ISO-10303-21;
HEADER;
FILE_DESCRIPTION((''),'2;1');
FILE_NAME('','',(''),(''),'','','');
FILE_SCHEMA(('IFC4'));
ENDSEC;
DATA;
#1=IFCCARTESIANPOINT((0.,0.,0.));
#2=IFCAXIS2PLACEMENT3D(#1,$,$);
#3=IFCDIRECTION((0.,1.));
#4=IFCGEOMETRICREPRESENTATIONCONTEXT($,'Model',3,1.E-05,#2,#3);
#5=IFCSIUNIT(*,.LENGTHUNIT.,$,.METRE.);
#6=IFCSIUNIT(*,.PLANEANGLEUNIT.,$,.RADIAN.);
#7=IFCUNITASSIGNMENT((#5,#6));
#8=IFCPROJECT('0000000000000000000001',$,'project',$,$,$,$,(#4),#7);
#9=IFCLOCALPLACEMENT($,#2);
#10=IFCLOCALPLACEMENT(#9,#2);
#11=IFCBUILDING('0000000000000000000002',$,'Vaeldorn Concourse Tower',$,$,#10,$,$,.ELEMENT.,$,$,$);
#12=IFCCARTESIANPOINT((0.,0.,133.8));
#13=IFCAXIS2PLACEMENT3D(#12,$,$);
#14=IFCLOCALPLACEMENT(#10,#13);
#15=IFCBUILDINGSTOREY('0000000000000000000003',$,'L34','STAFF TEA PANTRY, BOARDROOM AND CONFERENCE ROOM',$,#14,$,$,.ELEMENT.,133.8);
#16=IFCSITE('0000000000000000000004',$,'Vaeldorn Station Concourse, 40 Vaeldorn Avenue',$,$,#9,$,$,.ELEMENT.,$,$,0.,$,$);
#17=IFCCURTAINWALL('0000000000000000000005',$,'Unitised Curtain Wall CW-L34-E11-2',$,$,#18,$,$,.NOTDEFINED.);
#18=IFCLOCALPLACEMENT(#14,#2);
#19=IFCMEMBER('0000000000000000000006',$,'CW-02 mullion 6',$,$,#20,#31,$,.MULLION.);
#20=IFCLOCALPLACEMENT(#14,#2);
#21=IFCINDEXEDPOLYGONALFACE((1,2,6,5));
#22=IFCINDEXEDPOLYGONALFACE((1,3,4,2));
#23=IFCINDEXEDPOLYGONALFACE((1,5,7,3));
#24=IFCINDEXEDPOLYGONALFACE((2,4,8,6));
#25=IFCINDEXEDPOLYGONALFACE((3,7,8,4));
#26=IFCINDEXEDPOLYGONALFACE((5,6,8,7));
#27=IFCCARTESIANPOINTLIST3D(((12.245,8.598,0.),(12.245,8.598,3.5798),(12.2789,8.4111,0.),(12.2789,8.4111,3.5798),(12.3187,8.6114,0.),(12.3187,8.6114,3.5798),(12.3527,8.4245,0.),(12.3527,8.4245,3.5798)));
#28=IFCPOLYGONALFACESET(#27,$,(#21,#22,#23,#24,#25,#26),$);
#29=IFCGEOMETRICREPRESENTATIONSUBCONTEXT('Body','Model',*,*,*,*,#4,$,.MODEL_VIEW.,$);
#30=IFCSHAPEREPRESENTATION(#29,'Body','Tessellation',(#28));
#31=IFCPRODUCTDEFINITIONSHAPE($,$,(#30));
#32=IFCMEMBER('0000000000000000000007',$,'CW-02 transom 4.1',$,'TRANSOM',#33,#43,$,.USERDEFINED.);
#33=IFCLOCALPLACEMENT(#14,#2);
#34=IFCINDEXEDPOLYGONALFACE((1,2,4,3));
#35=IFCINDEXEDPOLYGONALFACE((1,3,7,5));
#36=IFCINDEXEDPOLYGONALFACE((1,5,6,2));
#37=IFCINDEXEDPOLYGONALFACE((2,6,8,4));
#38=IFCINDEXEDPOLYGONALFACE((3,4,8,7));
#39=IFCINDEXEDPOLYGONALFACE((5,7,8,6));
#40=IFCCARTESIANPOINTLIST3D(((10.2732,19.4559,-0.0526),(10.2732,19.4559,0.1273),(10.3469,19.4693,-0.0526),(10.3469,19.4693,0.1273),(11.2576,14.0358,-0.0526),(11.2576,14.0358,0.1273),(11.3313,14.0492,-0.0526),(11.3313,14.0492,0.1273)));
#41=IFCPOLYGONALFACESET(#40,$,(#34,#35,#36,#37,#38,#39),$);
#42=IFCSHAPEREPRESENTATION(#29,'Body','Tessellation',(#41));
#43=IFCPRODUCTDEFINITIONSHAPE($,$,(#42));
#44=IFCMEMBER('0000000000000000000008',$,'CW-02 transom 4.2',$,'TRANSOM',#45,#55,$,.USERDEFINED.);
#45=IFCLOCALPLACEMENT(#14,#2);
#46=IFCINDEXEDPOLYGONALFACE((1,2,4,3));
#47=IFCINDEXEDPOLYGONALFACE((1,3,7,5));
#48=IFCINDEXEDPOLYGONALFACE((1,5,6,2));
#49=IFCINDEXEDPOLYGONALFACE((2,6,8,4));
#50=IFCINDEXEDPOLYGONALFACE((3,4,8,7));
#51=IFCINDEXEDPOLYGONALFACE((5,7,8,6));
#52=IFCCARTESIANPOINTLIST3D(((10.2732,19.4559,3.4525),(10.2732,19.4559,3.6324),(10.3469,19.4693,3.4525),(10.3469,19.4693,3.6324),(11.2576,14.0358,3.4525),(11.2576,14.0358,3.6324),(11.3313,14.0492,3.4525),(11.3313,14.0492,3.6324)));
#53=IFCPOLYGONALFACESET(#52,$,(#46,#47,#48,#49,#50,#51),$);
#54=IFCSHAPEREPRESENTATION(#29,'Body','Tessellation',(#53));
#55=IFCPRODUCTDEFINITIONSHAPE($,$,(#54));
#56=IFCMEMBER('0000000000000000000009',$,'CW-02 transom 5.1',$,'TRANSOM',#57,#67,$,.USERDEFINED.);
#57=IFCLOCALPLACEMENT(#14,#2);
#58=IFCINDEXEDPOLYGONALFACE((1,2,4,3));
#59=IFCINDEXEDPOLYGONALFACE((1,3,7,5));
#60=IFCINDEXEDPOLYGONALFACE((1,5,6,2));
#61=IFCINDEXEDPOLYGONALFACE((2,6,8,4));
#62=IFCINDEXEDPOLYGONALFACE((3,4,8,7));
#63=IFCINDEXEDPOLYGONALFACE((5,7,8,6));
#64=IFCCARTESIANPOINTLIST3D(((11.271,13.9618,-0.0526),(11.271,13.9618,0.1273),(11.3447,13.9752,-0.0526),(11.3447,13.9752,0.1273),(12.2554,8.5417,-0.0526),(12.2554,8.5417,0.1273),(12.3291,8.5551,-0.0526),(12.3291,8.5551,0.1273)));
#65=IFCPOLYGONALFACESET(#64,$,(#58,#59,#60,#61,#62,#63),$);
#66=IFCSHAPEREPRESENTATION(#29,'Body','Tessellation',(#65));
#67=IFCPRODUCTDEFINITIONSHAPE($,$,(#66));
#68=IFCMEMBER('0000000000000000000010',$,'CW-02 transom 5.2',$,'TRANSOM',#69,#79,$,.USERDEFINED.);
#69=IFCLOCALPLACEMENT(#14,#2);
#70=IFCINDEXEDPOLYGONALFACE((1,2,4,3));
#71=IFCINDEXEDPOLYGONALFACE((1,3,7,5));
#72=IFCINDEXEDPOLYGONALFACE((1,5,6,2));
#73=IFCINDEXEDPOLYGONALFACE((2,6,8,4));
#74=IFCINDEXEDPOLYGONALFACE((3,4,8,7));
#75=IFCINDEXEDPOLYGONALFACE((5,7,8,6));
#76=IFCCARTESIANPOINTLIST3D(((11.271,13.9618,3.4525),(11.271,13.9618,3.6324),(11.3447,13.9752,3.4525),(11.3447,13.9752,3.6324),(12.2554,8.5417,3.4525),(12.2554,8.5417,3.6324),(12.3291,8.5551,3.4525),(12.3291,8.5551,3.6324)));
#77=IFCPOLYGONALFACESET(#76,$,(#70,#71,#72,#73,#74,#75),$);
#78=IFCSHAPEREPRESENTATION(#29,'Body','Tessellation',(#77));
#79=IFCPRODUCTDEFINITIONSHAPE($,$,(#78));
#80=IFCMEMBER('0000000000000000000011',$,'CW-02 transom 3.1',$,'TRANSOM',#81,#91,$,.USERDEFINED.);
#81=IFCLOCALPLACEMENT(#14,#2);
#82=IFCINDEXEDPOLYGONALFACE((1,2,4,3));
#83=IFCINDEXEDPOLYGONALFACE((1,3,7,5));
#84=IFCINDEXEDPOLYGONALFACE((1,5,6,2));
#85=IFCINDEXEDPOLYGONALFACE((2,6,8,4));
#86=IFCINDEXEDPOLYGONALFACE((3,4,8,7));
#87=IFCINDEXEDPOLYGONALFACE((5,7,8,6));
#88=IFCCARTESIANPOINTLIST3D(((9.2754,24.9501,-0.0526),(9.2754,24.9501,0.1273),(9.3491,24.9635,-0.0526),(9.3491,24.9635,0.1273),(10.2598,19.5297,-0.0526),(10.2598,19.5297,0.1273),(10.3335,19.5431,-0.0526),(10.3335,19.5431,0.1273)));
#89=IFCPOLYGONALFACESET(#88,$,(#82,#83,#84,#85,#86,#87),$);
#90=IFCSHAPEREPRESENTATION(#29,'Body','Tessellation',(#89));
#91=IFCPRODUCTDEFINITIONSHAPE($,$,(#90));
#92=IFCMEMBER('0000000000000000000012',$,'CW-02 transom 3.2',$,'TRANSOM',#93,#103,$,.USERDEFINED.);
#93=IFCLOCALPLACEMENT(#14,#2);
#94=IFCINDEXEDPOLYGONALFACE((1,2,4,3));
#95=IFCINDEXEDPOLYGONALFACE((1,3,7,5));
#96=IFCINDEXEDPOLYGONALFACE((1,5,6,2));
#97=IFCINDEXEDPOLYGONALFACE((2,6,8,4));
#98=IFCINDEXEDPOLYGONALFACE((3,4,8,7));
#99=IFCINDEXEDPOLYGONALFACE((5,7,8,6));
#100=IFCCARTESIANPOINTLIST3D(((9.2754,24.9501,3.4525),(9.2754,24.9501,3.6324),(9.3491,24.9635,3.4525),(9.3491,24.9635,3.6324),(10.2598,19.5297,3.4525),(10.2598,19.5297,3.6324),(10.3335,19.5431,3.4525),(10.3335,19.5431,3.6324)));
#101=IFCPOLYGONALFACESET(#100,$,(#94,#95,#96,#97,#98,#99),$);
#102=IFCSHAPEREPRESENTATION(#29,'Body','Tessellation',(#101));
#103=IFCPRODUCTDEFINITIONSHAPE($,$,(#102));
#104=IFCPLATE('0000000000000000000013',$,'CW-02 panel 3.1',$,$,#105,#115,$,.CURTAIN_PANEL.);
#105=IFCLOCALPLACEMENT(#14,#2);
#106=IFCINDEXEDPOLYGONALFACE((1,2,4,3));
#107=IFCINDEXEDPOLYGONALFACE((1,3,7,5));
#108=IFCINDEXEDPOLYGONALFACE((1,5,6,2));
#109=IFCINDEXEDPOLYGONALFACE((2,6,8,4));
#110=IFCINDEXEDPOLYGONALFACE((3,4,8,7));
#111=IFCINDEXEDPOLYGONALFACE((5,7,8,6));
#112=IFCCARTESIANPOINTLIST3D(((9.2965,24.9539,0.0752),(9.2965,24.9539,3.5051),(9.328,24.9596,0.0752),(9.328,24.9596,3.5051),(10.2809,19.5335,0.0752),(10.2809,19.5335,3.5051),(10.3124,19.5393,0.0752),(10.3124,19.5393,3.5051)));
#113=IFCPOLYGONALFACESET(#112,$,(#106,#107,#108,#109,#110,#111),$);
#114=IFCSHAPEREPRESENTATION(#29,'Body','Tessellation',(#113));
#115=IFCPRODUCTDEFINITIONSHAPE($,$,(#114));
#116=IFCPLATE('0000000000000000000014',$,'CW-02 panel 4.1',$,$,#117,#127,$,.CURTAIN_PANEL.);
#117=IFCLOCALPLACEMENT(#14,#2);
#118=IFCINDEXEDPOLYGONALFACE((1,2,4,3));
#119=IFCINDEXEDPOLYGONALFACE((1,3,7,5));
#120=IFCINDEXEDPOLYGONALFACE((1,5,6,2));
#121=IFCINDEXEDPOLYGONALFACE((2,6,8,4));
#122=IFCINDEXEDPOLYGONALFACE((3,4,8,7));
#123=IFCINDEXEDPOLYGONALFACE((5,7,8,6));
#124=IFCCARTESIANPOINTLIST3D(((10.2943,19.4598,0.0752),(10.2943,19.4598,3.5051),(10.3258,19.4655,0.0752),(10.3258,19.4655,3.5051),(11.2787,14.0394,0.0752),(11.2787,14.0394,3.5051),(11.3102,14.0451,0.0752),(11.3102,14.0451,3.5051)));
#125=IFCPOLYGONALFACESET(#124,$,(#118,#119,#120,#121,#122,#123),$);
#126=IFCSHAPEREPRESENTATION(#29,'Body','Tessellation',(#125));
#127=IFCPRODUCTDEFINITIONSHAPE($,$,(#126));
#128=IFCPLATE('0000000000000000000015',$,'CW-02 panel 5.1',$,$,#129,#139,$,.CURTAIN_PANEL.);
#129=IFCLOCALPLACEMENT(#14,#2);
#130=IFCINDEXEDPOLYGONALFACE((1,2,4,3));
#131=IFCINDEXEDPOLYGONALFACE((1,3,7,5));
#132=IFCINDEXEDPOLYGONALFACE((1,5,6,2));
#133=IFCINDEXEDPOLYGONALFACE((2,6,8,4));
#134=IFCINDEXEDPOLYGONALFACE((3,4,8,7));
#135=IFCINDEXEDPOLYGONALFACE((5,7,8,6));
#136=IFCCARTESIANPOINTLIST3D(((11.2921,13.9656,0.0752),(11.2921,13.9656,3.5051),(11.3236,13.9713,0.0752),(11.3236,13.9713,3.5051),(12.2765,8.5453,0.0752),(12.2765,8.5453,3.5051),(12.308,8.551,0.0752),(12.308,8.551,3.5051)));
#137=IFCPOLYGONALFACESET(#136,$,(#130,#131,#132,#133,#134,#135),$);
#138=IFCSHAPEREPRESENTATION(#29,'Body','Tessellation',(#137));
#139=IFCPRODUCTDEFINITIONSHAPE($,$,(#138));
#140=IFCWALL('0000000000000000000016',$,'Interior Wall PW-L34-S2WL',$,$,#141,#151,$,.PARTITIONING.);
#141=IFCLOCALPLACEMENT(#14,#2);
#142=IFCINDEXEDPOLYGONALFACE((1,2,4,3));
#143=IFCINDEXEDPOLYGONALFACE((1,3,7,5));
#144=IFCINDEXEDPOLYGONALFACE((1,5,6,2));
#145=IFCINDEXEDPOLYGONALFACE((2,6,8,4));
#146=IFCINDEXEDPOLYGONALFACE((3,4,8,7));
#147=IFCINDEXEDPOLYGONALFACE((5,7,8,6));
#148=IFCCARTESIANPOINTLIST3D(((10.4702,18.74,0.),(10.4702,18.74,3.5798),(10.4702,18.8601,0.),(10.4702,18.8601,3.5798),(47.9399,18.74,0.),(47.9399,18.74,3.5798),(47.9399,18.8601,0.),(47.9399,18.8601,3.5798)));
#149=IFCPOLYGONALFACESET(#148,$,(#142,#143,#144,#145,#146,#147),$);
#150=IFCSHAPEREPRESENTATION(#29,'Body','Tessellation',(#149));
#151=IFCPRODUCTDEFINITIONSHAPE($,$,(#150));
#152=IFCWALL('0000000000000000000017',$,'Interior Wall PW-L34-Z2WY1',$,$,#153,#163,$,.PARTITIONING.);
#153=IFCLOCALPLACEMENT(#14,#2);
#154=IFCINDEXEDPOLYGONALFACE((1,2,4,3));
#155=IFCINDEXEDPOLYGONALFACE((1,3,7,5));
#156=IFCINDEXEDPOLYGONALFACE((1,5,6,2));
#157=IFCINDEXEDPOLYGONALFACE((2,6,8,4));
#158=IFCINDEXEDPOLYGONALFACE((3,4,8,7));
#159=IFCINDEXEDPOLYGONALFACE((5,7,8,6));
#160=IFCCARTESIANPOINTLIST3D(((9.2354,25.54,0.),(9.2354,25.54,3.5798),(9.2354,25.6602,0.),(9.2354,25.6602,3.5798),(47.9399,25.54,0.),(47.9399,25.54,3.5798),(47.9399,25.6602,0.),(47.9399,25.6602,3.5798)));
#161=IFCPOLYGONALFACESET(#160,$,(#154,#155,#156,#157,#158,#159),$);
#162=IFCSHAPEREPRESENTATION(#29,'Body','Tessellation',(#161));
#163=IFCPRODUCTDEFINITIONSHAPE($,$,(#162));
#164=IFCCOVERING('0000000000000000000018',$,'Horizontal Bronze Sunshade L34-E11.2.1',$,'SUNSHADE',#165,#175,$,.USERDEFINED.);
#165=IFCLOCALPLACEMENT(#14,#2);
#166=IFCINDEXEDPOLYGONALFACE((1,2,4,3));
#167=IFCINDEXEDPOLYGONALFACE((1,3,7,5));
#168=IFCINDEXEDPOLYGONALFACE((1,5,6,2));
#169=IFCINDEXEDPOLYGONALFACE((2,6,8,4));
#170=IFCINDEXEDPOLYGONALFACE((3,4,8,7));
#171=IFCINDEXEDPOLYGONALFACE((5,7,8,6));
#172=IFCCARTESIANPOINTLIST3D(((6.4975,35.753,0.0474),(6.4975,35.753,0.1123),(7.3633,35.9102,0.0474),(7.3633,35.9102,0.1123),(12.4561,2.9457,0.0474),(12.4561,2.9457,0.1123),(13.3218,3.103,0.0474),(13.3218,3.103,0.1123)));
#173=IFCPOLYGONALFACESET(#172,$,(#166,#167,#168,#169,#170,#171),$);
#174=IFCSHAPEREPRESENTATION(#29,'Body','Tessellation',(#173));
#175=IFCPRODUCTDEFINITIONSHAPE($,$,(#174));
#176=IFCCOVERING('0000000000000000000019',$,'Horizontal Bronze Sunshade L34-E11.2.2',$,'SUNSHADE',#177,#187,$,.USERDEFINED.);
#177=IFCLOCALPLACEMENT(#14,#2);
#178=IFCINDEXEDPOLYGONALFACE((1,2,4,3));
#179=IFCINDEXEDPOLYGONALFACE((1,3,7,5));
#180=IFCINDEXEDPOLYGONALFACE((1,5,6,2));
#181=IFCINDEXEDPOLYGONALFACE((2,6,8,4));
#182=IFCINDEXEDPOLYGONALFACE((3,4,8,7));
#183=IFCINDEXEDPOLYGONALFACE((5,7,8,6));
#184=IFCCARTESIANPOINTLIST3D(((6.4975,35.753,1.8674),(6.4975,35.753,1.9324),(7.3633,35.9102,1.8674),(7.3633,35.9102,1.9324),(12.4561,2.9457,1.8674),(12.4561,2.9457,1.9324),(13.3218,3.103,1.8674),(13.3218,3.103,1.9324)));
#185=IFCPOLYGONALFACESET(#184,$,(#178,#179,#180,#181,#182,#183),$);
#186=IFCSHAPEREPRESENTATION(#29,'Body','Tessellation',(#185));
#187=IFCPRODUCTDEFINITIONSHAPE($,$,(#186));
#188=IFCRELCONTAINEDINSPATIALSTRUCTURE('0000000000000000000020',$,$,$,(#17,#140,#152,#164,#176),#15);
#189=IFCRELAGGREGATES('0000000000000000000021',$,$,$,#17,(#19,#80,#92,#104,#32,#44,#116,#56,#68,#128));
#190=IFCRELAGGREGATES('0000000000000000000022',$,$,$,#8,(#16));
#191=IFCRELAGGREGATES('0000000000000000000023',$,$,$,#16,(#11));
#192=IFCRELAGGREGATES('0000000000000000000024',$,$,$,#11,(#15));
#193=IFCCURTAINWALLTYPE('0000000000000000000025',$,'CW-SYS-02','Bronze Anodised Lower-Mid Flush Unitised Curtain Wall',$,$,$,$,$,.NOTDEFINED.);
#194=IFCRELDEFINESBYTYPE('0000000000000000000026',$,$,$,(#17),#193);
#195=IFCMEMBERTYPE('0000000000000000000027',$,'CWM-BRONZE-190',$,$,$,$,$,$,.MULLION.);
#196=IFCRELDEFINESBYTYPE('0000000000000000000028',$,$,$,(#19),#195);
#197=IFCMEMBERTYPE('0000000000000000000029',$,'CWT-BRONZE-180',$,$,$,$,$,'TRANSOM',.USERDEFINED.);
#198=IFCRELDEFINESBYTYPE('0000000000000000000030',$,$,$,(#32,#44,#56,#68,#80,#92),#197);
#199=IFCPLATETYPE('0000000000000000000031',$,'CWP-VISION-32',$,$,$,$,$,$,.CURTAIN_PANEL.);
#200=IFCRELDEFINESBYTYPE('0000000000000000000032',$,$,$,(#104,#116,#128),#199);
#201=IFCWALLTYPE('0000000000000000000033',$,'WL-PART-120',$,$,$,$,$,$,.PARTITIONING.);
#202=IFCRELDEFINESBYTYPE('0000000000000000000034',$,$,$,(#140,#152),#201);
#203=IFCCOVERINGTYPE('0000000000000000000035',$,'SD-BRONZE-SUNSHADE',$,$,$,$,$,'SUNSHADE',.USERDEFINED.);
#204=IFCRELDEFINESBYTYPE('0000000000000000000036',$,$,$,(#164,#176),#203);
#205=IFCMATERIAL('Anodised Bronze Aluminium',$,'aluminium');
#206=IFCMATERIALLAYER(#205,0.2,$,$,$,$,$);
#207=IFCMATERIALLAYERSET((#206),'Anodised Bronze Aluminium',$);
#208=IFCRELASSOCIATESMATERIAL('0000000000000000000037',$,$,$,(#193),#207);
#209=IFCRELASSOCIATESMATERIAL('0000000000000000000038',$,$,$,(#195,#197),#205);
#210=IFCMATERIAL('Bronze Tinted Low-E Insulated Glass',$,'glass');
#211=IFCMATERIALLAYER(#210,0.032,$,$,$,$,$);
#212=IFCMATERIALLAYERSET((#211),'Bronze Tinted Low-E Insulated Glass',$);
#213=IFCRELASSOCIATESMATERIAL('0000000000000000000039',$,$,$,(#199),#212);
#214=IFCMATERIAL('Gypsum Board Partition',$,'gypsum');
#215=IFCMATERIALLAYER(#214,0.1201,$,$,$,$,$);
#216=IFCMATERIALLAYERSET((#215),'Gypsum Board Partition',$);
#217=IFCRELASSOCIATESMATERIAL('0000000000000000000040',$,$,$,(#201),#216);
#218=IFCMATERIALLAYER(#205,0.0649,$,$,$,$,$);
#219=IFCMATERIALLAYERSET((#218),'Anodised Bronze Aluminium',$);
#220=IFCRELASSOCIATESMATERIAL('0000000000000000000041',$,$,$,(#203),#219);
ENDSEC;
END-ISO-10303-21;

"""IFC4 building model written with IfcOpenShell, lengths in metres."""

from ifc_helpers import new_model, si_unit, direction, frame, frame_2d, origin, origin_2d, place, context, subcontext, project, spatial, rectangle, extrude, source, transform, mapped, material, layer, layer_set, material_profile, profile_set, type_object, element, aggregate, save


model = new_model("IFC4")

# Units and contexts
model_context = context("Model", 3, precision=1e-05, world=origin(), true_north=direction((0.0, 1.0)))
body_context = subcontext(model_context, "Body", "Model", "MODEL_VIEW")
ifc_project = project(units=[si_unit("LENGTHUNIT", "METRE"), si_unit("PLANEANGLEUNIT", "RADIAN")], contexts=[model_context])

# Site, building, storey
site_placement = place(None, origin())
site = spatial("IfcSite", under=ifc_project, at=site_placement, Name="Vaeldorn Station Concourse, 40 Vaeldorn Avenue", CompositionType="ELEMENT", RefElevation=0.0)
building_placement = place(site_placement, origin())
building = spatial("IfcBuilding", under=site, at=building_placement, Name="Vaeldorn Concourse Tower", CompositionType="ELEMENT")
storey_placement = place(building_placement, frame((0.0, 0.0, 133.8)))
storey = spatial("IfcBuildingStorey", under=building, at=storey_placement, Name="L34", Description="STAFF TEA PANTRY, BOARDROOM AND CONFERENCE ROOM", CompositionType="ELEMENT", Elevation=133.8)

# Curtain wall, members, plates
ifc_material_1 = material(Name="Anodised Bronze Aluminium", Category="aluminium")
ifc_layer_1 = layer(ifc_material_1, 0.2)
ifc_layer_set_1 = layer_set([ifc_layer_1], Name="Anodised Bronze Aluminium")
curtain_wall_type = type_object("IfcCurtainWallType", Name="CW-SYS-02", Description="Bronze Anodised Lower-Mid Flush Unitised Curtain Wall", PredefinedType="NOTDEFINED", material=ifc_layer_set_1)
curtain_wall_placement = place(storey_placement, origin())
curtain_wall = element("IfcCurtainWall", 1, at=curtain_wall_placement, inside=storey, type_object=curtain_wall_type, Name="Unitised Curtain Wall CW-L34-E11-2", PredefinedType="NOTDEFINED")
ifc_material_profile_1 = material_profile(ifc_material_1, rectangle(XDim=0.075, YDim=0.1899, at=origin_2d()), Name="CWM 75x190")
ifc_profile_set_1 = profile_set([ifc_material_profile_1], Name="Anodised Bronze Aluminium")
member_type_1 = type_object("IfcMemberType", Name="CWM-BRONZE-190", PredefinedType="MULLION", material=ifc_profile_set_1)
shared_shape_1 = source(origin(), body_context, "Body", "SweptSolid", [
    extrude(rectangle(XDim=0.075, YDim=0.1899, at=origin_2d()), origin(), (0.0, 0.0, 1.0), 3.5798),
])
member_1_placement = place(storey_placement, frame((12.2988, 8.5112, 0.0), z_axis=(0.0, 0.0, 1.0), x_axis=(0.983905, 0.178692, 0.0)))
member_1 = element("IfcMember", 2, at=member_1_placement, type_object=member_type_1, Name="CW-02 mullion 6", PredefinedType="MULLION", context=body_context, shape_type="MappedRepresentation", body=[
    mapped(shared_shape_1, transform((0.0, 0.0, 0.0), scale=1.0)),
])
ifc_material_profile_2 = material_profile(ifc_material_1, rectangle(XDim=0.075, YDim=0.1799, at=origin_2d()), Name="CWT 75x180")
ifc_profile_set_2 = profile_set([ifc_material_profile_2], Name="Anodised Bronze Aluminium")
member_type_2 = type_object("IfcMemberType", Name="CWT-BRONZE-180", ElementType="TRANSOM", PredefinedType="USERDEFINED", material=ifc_profile_set_2)
shared_shape_2 = source(origin(), body_context, "Body", "SweptSolid", [
    extrude(rectangle(XDim=0.075, YDim=0.1799, at=origin_2d()), origin(), (0.0, 0.0, 1.0), 5.5088),
])
member_2_placement = place(storey_placement, frame((10.3101, 19.4626, 0.0374), z_axis=(0.17869, -0.983905, 0.0), x_axis=(0.983905, 0.17869, 0.0)))
member_2 = element("IfcMember", 3, at=member_2_placement, type_object=member_type_2, Name="CW-02 transom 4.1", ObjectType="TRANSOM", PredefinedType="USERDEFINED", context=body_context, shape_type="MappedRepresentation", body=[
    mapped(shared_shape_2, transform((0.0, 0.0, 0.0), scale=1.0)),
])
member_3_placement = place(storey_placement, frame((10.3101, 19.4626, 3.5425), z_axis=(0.17869, -0.983905, 0.0), x_axis=(0.983905, 0.17869, 0.0)))
member_3 = element("IfcMember", 4, at=member_3_placement, type_object=member_type_2, Name="CW-02 transom 4.2", ObjectType="TRANSOM", PredefinedType="USERDEFINED", context=body_context, shape_type="MappedRepresentation", body=[
    mapped(shared_shape_2, transform((0.0, 0.0, 0.0), scale=1.0)),
])
member_4_placement = place(storey_placement, frame((11.3079, 13.9685, 0.0374), z_axis=(0.17869, -0.983905, 0.0), x_axis=(0.983905, 0.17869, 0.0)))
member_4 = element("IfcMember", 5, at=member_4_placement, type_object=member_type_2, Name="CW-02 transom 5.1", ObjectType="TRANSOM", PredefinedType="USERDEFINED", context=body_context, shape_type="MappedRepresentation", body=[
    mapped(shared_shape_2, transform((0.0, 0.0, 0.0), scale=1.0)),
])
member_5_placement = place(storey_placement, frame((11.3079, 13.9685, 3.5425), z_axis=(0.17869, -0.983905, 0.0), x_axis=(0.983905, 0.17869, 0.0)))
member_5 = element("IfcMember", 6, at=member_5_placement, type_object=member_type_2, Name="CW-02 transom 5.2", ObjectType="TRANSOM", PredefinedType="USERDEFINED", context=body_context, shape_type="MappedRepresentation", body=[
    mapped(shared_shape_2, transform((0.0, 0.0, 0.0), scale=1.0)),
])
shared_shape_3 = source(origin(), body_context, "Body", "SweptSolid", [
    extrude(rectangle(XDim=0.075, YDim=0.1799, at=origin_2d()), origin(), (0.0, 0.0, 1.0), 5.509),
])
member_6_placement = place(storey_placement, frame((9.3123, 24.9568, 0.0374), z_axis=(0.178683, -0.983907, 0.0), x_axis=(0.983907, 0.178683, 0.0)))
member_6 = element("IfcMember", 7, at=member_6_placement, type_object=member_type_2, Name="CW-02 transom 3.1", ObjectType="TRANSOM", PredefinedType="USERDEFINED", context=body_context, shape_type="MappedRepresentation", body=[
    mapped(shared_shape_3, transform((0.0, 0.0, 0.0), scale=1.0)),
])
member_7_placement = place(storey_placement, frame((9.3123, 24.9568, 3.5425), z_axis=(0.178683, -0.983907, 0.0), x_axis=(0.983907, 0.178683, 0.0)))
member_7 = element("IfcMember", 8, at=member_7_placement, type_object=member_type_2, Name="CW-02 transom 3.2", ObjectType="TRANSOM", PredefinedType="USERDEFINED", context=body_context, shape_type="MappedRepresentation", body=[
    mapped(shared_shape_3, transform((0.0, 0.0, 0.0), scale=1.0)),
])
ifc_material_2 = material(Name="Bronze Tinted Low-E Insulated Glass", Category="glass")
ifc_layer_2 = layer(ifc_material_2, 0.032)
ifc_layer_set_2 = layer_set([ifc_layer_2], Name="Bronze Tinted Low-E Insulated Glass")
plate_type = type_object("IfcPlateType", Name="CWP-VISION-32", PredefinedType="CURTAIN_PANEL", material=ifc_layer_set_2)
shared_shape_4 = source(origin(), body_context, "Body", "SweptSolid", [
    extrude(rectangle(XDim=5.509, YDim=0.032, at=origin_2d()), origin(), (0.0, 0.0, 1.0), 3.4299),
])
plate_1_placement = place(storey_placement, frame((9.8044, 22.2466, 0.0752), z_axis=(0.0, 0.0, 1.0), x_axis=(0.178692, -0.983905, 0.0)))
plate_1 = element("IfcPlate", 9, at=plate_1_placement, type_object=plate_type, Name="CW-02 panel 3.1", PredefinedType="CURTAIN_PANEL", context=body_context, shape_type="MappedRepresentation", body=[
    mapped(shared_shape_4, transform((0.0, 0.0, 0.0), scale=1.0)),
])
plate_2_placement = place(storey_placement, frame((10.8022, 16.7524, 0.0752), z_axis=(0.0, 0.0, 1.0), x_axis=(0.178692, -0.983905, 0.0)))
plate_2 = element("IfcPlate", 10, at=plate_2_placement, type_object=plate_type, Name="CW-02 panel 4.1", PredefinedType="CURTAIN_PANEL", context=body_context, shape_type="MappedRepresentation", body=[
    mapped(shared_shape_4, transform((0.0, 0.0, 0.0), scale=1.0)),
])
plate_3_placement = place(storey_placement, frame((11.8, 11.2583, 0.0752), z_axis=(0.0, 0.0, 1.0), x_axis=(0.178692, -0.983905, 0.0)))
plate_3 = element("IfcPlate", 11, at=plate_3_placement, type_object=plate_type, Name="CW-02 panel 5.1", PredefinedType="CURTAIN_PANEL", context=body_context, shape_type="MappedRepresentation", body=[
    mapped(shared_shape_4, transform((0.0, 0.0, 0.0), scale=1.0)),
])
aggregate(curtain_wall, [member_1, member_6, member_7, plate_1, member_2, member_3, plate_2, member_4, member_5, plate_3])

# Walls
ifc_material_3 = material(Name="Gypsum Board Partition", Category="gypsum")
ifc_layer_3 = layer(ifc_material_3, 0.1201)
ifc_layer_set_3 = layer_set([ifc_layer_3], Name="Gypsum Board Partition")
wall_type = type_object("IfcWallType", Name="WL-PART-120", PredefinedType="PARTITIONING", material=ifc_layer_set_3)
wall_1_placement = place(storey_placement, frame((10.4702, 18.8, 0.0), z_axis=(0.0, 0.0, 1.0), x_axis=(1.0, 0.0, 0.0)))
element("IfcWall", 12, at=wall_1_placement, inside=storey, type_object=wall_type, Name="Interior Wall PW-L34-S2WL", PredefinedType="PARTITIONING", context=body_context, shape_type="SweptSolid", body=[
    extrude(rectangle(XDim=37.4697, YDim=0.1201, at=frame_2d((18.7349, 0.0))), origin(), (0.0, 0.0, 1.0), 3.5798),
])
wall_2_placement = place(storey_placement, frame((9.2354, 25.6001, 0.0), z_axis=(0.0, 0.0, 1.0), x_axis=(1.0, 0.0, 0.0)))
element("IfcWall", 13, at=wall_2_placement, inside=storey, type_object=wall_type, Name="Interior Wall PW-L34-Z2WY1", PredefinedType="PARTITIONING", context=body_context, shape_type="SweptSolid", body=[
    extrude(rectangle(XDim=38.7046, YDim=0.1201, at=frame_2d((19.3523, 0.0))), origin(), (0.0, 0.0, 1.0), 3.5798),
])

# Coverings
ifc_layer_4 = layer(ifc_material_1, 0.0649)
ifc_layer_set_4 = layer_set([ifc_layer_4], Name="Anodised Bronze Aluminium")
covering_type = type_object("IfcCoveringType", Name="SD-BRONZE-SUNSHADE", ElementType="SUNSHADE", PredefinedType="USERDEFINED", material=ifc_layer_set_4)
shared_shape_5 = source(origin(), body_context, "Body", "SweptSolid", [
    extrude(rectangle(XDim=33.344, YDim=0.8799, at=origin_2d()), origin(), (0.0, 0.0, 1.0), 0.0649),
])
for number, where, z_axis, x_axis, name in (
    (14, (9.9097, 19.428, 0.0474), (0.0, 0.0, 1.0), (0.178699, -0.983904, 0.0), "Horizontal Bronze Sunshade L34-E11.2.1"),
    (15, (9.9097, 19.428, 1.8674), (0.0, 0.0, 1.0), (0.178699, -0.983904, 0.0), "Horizontal Bronze Sunshade L34-E11.2.2"),
):
    element("IfcCovering", number, at=place(storey_placement, frame(where, z_axis=z_axis, x_axis=x_axis)), inside=storey, type_object=covering_type, Name=name, ObjectType="SUNSHADE", PredefinedType="USERDEFINED", context=body_context, shape_type="MappedRepresentation", body=[
        mapped(shared_shape_5, transform((0.0, 0.0, 0.0), scale=1.0)),
    ])

save(model, "model.ifc")
